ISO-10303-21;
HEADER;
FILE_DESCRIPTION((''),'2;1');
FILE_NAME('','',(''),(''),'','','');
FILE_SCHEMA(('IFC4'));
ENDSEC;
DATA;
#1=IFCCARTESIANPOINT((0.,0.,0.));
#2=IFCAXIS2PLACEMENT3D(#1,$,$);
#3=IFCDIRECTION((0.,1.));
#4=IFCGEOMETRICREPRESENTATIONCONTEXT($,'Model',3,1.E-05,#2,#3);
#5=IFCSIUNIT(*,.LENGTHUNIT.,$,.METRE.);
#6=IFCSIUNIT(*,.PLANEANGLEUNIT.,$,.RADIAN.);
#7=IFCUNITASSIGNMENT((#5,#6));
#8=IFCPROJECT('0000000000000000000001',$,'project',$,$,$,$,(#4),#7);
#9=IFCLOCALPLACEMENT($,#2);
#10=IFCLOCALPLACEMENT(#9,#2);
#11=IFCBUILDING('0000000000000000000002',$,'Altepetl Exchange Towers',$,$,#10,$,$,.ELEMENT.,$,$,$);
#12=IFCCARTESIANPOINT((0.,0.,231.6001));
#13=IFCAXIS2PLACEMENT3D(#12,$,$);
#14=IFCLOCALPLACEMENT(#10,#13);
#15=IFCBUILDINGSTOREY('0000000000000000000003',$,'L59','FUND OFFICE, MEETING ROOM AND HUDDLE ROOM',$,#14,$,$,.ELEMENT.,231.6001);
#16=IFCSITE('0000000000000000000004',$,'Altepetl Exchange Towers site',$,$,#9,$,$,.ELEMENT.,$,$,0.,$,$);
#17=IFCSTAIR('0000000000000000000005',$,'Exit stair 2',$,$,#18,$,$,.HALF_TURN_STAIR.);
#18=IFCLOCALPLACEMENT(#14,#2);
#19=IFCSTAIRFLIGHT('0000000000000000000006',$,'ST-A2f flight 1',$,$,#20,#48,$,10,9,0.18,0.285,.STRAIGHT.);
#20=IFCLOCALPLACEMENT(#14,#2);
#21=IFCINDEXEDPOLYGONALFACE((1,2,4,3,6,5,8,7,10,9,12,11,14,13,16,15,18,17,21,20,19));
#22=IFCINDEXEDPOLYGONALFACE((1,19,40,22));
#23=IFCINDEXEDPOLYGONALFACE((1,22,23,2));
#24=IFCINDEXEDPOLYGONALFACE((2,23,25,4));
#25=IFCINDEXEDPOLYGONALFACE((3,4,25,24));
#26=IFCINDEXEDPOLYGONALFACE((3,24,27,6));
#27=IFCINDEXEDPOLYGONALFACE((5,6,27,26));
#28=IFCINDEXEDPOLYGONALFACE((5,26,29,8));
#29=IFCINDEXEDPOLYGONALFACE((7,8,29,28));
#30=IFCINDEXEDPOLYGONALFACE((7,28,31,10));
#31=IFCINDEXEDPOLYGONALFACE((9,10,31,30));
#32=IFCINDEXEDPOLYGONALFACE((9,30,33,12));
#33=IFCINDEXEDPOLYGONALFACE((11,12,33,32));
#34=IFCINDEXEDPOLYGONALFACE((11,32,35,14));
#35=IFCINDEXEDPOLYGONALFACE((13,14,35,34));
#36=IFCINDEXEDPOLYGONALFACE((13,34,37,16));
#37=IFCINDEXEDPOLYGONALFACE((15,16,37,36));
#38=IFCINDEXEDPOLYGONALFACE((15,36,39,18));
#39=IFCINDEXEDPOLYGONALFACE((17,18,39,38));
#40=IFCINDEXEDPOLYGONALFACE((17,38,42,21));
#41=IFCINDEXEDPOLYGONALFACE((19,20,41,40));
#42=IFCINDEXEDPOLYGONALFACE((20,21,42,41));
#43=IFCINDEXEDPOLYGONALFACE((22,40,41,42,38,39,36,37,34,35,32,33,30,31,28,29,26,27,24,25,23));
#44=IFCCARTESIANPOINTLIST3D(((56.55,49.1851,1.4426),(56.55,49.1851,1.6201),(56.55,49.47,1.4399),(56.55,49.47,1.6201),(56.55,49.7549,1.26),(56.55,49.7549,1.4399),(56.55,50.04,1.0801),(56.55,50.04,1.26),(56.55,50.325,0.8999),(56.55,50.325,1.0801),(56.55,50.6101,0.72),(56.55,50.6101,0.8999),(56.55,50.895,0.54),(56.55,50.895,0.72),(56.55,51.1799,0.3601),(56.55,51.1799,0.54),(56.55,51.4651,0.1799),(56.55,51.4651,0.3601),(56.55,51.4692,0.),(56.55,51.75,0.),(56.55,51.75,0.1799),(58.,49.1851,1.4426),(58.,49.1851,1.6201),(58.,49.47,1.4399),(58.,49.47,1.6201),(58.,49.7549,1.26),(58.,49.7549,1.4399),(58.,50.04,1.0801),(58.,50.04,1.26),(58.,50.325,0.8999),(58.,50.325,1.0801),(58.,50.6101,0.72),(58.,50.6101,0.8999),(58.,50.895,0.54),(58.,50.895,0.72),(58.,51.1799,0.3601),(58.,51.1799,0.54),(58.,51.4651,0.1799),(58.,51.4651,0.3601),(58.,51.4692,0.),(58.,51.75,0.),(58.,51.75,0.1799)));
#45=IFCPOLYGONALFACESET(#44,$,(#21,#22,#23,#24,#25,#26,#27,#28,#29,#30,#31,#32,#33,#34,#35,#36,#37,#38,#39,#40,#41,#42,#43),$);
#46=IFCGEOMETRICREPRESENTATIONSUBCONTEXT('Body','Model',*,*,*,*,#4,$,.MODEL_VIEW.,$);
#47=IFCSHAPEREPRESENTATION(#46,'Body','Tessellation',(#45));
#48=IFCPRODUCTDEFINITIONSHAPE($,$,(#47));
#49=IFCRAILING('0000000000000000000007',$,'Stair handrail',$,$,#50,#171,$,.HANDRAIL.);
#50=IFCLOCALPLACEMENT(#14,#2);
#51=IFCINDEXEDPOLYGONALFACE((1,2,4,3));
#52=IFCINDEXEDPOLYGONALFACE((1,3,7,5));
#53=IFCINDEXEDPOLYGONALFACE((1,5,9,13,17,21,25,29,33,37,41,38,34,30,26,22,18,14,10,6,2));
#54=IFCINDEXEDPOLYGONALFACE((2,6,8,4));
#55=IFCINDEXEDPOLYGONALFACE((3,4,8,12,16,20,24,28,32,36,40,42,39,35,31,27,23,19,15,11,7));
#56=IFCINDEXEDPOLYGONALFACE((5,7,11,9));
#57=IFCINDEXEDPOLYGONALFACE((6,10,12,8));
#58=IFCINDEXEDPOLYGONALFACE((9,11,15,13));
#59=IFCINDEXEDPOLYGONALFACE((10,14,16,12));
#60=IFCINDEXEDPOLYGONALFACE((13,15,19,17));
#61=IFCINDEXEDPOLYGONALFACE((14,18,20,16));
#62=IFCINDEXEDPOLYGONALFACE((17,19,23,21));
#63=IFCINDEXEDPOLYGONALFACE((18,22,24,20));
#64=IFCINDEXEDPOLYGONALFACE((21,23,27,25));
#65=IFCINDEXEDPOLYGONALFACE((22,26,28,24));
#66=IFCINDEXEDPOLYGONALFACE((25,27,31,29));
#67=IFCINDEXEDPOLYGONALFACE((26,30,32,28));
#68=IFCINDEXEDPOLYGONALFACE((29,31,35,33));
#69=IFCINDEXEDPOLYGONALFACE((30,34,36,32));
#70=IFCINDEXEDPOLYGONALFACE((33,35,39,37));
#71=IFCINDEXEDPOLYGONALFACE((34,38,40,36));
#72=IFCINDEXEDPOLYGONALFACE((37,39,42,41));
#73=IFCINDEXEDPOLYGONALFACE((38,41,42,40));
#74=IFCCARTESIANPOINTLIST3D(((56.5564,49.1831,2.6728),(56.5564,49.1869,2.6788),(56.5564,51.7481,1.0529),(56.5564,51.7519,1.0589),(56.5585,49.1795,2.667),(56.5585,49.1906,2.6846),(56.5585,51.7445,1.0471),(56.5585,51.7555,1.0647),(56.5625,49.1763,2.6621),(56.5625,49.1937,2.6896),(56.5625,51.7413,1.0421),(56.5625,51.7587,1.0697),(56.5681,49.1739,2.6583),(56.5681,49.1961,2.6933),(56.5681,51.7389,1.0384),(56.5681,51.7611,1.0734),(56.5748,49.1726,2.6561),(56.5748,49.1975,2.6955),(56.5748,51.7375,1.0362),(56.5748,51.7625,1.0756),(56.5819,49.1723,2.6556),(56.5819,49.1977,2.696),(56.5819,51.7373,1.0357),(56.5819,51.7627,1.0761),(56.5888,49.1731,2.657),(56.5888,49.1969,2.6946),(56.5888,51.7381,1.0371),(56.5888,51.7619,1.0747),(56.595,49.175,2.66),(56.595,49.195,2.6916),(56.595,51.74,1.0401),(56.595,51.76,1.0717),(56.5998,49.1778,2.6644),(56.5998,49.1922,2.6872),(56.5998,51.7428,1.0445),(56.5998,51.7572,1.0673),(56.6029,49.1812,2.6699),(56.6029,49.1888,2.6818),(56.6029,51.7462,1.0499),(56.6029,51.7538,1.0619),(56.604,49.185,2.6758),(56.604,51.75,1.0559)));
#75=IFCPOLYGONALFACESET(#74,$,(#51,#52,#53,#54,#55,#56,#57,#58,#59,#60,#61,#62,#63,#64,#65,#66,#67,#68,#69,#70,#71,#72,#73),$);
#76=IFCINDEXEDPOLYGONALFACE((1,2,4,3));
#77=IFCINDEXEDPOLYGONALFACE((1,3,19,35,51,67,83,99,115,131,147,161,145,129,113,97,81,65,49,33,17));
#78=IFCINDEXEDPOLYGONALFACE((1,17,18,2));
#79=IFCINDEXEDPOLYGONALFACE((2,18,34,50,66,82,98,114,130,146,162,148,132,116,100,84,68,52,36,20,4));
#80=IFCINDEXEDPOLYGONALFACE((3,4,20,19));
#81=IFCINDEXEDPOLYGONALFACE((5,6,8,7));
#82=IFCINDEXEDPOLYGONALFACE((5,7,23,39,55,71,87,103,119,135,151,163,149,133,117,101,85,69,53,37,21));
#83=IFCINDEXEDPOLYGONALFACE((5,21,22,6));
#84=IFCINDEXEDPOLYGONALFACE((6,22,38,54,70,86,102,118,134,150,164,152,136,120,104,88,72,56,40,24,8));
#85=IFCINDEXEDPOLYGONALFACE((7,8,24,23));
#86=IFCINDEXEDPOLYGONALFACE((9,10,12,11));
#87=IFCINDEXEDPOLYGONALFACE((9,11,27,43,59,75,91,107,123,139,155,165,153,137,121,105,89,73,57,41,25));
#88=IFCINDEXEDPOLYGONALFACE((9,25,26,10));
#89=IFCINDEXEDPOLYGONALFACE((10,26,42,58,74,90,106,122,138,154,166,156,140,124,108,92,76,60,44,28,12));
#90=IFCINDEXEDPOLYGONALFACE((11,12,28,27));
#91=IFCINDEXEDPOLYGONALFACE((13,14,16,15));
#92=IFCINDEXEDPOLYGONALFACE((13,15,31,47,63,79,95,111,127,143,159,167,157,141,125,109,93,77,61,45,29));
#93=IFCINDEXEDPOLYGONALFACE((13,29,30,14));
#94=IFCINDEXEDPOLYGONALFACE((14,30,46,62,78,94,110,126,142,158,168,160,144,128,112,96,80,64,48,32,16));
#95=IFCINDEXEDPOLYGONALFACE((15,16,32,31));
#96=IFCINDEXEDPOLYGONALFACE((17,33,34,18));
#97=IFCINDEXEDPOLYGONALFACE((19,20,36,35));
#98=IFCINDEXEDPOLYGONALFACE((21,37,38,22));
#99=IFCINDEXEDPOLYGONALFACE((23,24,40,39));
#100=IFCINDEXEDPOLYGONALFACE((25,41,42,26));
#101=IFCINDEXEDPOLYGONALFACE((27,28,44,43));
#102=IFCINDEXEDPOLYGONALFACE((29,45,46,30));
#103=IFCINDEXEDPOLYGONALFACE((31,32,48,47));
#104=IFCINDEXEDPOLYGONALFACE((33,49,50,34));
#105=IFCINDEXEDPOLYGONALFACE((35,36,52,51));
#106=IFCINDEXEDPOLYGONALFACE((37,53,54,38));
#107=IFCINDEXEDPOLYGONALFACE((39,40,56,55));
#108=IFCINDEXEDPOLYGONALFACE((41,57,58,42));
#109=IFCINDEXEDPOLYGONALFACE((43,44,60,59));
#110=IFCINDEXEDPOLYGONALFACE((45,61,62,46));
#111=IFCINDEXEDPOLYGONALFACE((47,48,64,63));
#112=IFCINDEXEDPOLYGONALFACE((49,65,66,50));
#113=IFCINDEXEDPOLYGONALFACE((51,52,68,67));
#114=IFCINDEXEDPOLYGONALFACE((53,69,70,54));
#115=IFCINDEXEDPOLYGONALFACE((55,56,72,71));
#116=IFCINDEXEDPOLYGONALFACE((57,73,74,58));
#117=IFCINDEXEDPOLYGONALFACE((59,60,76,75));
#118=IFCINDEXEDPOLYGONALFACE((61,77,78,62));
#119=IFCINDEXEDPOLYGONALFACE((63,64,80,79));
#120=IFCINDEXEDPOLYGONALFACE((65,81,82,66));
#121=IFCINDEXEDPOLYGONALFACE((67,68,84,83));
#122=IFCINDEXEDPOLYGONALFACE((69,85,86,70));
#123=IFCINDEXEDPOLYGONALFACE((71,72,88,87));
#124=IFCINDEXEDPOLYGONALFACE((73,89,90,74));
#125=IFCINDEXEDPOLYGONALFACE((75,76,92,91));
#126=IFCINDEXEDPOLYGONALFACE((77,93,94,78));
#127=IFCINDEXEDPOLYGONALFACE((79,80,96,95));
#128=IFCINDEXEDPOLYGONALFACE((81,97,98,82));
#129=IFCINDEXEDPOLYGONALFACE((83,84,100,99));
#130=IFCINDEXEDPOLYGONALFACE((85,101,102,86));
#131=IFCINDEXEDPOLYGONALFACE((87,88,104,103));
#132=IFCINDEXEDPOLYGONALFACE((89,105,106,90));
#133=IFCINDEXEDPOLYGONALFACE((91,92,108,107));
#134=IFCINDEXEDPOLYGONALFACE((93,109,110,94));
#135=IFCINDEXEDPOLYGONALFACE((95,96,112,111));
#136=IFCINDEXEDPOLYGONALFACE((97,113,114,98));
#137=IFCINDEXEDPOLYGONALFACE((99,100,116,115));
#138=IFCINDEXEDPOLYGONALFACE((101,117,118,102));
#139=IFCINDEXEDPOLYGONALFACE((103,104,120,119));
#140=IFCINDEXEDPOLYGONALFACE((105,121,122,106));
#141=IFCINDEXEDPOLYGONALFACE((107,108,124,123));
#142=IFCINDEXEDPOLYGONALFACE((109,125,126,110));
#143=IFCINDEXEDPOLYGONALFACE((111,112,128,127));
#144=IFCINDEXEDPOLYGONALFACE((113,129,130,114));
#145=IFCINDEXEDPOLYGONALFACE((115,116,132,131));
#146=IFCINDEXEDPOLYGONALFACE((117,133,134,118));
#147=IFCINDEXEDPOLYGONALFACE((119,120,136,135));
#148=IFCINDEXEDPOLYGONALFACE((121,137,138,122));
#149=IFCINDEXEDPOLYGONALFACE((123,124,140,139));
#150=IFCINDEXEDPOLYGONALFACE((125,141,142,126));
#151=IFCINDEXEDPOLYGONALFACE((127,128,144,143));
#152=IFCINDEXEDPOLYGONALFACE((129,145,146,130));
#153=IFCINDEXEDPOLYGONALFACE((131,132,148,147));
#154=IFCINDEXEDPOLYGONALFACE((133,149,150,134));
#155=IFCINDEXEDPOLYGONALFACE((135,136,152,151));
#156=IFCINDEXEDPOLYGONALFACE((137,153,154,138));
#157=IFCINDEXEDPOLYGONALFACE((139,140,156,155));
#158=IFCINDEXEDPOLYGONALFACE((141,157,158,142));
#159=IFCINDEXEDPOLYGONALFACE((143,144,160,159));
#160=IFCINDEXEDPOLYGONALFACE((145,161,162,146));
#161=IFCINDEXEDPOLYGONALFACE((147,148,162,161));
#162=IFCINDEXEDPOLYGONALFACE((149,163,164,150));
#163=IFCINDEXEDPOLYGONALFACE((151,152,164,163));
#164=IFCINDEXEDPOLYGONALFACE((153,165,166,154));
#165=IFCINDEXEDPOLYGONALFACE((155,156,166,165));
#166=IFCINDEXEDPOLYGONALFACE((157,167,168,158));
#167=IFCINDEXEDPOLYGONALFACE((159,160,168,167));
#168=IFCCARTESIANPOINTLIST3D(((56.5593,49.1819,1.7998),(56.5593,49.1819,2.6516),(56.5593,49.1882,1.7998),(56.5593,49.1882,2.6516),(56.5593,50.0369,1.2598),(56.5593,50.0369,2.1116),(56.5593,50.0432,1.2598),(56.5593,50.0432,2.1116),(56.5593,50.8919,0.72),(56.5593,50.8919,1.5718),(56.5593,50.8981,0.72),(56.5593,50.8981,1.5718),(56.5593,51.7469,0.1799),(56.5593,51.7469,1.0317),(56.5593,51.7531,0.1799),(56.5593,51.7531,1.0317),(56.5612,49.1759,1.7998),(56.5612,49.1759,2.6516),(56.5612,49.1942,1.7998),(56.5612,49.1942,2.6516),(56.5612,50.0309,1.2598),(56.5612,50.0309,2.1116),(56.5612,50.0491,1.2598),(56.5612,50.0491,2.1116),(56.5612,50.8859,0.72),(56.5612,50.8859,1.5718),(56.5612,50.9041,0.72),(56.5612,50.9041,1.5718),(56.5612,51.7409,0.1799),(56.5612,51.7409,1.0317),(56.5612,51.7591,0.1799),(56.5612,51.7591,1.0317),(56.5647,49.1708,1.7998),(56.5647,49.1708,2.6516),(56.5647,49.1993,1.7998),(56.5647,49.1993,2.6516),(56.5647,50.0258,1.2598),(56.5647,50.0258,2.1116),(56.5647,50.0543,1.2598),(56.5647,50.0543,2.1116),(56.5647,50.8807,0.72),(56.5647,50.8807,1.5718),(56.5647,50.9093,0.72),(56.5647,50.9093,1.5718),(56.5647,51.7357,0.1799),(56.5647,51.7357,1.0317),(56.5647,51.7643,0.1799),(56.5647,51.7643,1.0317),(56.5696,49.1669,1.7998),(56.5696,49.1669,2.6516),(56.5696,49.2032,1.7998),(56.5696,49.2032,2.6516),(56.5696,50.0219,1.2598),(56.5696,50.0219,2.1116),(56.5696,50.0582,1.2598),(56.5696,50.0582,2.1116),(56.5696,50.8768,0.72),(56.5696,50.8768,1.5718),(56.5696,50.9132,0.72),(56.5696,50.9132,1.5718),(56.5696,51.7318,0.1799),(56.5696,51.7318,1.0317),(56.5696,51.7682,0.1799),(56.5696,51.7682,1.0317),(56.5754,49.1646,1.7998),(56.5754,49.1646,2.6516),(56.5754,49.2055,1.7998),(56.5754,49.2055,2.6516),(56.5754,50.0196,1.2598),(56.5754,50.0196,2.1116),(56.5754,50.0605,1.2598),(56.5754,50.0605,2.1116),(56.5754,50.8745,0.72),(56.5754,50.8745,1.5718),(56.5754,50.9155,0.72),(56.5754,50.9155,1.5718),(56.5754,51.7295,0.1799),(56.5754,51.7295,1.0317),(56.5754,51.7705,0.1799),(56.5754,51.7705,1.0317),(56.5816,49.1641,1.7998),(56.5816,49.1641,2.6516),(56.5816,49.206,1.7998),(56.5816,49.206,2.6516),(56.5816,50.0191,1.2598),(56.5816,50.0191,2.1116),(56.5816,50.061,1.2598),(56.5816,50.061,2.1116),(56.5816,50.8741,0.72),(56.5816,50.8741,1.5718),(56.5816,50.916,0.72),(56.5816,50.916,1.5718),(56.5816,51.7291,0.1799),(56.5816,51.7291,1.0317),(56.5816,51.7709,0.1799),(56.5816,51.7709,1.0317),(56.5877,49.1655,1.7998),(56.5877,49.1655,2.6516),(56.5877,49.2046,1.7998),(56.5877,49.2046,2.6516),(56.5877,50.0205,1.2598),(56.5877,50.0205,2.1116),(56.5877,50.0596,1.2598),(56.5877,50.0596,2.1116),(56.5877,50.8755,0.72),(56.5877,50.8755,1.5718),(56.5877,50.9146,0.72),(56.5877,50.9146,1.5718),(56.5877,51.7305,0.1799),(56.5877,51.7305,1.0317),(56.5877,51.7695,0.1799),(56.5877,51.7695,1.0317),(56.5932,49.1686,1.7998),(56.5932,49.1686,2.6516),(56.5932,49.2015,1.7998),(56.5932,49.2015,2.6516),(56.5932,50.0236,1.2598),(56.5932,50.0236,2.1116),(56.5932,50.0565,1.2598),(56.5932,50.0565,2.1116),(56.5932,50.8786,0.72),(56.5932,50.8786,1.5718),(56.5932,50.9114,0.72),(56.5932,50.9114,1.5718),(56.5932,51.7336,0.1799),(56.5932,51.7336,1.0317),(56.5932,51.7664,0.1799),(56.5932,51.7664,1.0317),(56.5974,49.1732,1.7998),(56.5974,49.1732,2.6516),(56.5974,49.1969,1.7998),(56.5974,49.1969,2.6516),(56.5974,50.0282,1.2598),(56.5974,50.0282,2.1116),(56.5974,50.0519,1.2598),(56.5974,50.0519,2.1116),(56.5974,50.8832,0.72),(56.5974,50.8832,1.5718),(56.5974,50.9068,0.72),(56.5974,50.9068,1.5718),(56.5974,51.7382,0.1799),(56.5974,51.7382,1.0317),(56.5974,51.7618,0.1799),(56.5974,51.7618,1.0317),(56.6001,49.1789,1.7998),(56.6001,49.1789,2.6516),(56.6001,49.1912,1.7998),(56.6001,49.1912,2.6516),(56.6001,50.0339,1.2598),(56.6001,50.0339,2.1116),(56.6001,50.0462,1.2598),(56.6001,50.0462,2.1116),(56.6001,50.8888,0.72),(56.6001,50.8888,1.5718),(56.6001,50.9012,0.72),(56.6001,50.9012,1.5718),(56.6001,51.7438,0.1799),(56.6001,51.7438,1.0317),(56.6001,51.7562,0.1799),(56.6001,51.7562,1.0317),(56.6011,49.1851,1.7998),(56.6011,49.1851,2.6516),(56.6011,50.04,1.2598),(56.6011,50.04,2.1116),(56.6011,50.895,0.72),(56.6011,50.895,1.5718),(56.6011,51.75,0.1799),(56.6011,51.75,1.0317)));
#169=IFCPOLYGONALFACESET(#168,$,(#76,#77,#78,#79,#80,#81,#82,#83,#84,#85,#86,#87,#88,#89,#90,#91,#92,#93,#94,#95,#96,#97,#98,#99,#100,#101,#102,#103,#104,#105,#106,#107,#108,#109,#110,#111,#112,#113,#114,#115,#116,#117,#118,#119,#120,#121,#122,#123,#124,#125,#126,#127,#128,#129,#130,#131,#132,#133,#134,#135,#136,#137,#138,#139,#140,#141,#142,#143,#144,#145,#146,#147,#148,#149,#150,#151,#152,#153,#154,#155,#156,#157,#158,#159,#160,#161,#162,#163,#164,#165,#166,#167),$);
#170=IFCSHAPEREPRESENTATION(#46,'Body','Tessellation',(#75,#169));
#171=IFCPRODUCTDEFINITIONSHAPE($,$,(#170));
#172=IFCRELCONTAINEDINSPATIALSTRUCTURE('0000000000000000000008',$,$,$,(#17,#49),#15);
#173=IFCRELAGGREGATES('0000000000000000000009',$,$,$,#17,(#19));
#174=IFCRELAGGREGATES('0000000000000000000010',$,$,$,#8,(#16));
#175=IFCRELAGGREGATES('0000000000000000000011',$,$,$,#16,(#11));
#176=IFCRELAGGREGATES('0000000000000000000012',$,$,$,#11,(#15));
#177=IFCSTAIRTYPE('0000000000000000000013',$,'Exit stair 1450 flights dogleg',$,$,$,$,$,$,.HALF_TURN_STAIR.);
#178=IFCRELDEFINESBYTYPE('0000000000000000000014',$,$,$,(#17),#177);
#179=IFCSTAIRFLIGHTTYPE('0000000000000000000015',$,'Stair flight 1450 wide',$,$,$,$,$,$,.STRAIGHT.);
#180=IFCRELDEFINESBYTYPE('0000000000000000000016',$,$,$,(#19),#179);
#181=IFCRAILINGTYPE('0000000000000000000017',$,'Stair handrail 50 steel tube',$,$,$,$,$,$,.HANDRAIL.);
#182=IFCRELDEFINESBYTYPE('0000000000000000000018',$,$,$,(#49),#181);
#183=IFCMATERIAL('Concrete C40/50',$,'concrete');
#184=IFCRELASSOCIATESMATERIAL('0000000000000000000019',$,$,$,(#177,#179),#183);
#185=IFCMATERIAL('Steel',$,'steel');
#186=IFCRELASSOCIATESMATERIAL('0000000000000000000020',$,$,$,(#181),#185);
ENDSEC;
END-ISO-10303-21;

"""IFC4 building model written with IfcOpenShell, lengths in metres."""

from ifc_helpers import new_model, si_unit, direction, frame, origin, origin_2d, place, context, subcontext, project, spatial, polyline, circle, outline, extrude, source, transform, mapped, material, type_object, element, aggregate, save


model = new_model("IFC4")

# Units and contexts
model_context = context("Model", 3, precision=1e-05, world=origin(), true_north=direction((0.0, 1.0)))
body_context = subcontext(model_context, "Body", "Model", "MODEL_VIEW")
ifc_project = project(units=[si_unit("LENGTHUNIT", "METRE"), si_unit("PLANEANGLEUNIT", "RADIAN")], contexts=[model_context])

# Site, building, storey
site_placement = place(None, origin())
site = spatial("IfcSite", under=ifc_project, at=site_placement, Name="Altepetl Exchange Towers site", CompositionType="ELEMENT", RefElevation=0.0)
building_placement = place(site_placement, origin())
building = spatial("IfcBuilding", under=site, at=building_placement, Name="Altepetl Exchange Towers", CompositionType="ELEMENT")
storey_placement = place(building_placement, frame((0.0, 0.0, 231.6001)))
storey = spatial("IfcBuildingStorey", under=building, at=storey_placement, Name="L59", Description="FUND OFFICE, MEETING ROOM AND HUDDLE ROOM", CompositionType="ELEMENT", Elevation=231.6001)

# Shared definitions
ifc_material_1 = material(Name="Concrete C40/50", Category="concrete")

# Stair, stair flight
stair_type = type_object("IfcStairType", Name="Exit stair 1450 flights dogleg", PredefinedType="HALF_TURN_STAIR", material=ifc_material_1)
stair_placement = place(storey_placement, origin())
stair = element("IfcStair", 1, at=stair_placement, inside=storey, type_object=stair_type, Name="Exit stair 2", PredefinedType="HALF_TURN_STAIR")
stair_flight_type = type_object("IfcStairFlightType", Name="Stair flight 1450 wide", PredefinedType="STRAIGHT", material=ifc_material_1)
stair_flight_placement = place(storey_placement, frame((57.2749, 51.75, 0.0), z_axis=(0.0, 0.0, 1.0), x_axis=(0.0, -1.0, 0.0)))
stair_flight = element("IfcStairFlight", 2, at=stair_flight_placement, type_object=stair_flight_type, Name="ST-A2f flight 1", NumberOfRisers=10, NumberOfTreads=9, PredefinedType="STRAIGHT", RiserHeight=0.18, TreadLength=0.285, context=body_context, shape_type="SweptSolid", body=[
    extrude(outline(polyline([(0.0, 0.0), (0.0, 0.1799), (0.2849, 0.1799), (0.2849, 0.3601), (0.5701, 0.3601), (0.5701, 0.54), (0.855, 0.54), (0.855, 0.72), (1.1399, 0.72), (1.1399, 0.8999), (1.425, 0.8999), (1.425, 1.0801), (1.71, 1.0801), (1.71, 1.26), (1.9951, 1.26), (1.9951, 1.4399), (2.28, 1.4399), (2.28, 1.6201), (2.5649, 1.6201), (2.5649, 1.8), (2.5649, 1.4426), (0.2808, 0.0), (0.0, 0.0)])), frame((0.0, 0.7251, 0.0), z_axis=(0.0, -1.0, 0.0), x_axis=(1.0, 0.0, 0.0)), (0.0, 0.0, 1.0), 1.45),
])
aggregate(stair, [stair_flight])

# Railing
ifc_material_2 = material(Name="Steel", Category="steel")
railing_type = type_object("IfcRailingType", Name="Stair handrail 50 steel tube", PredefinedType="HANDRAIL", material=ifc_material_2)
shared_shape = source(origin(), body_context, "Body", "SweptSolid", [
    extrude(circle(Radius=0.021, at=origin_2d()), origin(), (0.0, 0.0, 1.0), 0.8518),
])
railing_placement = place(storey_placement, frame((56.5801, 51.75, 0.1799)))
element("IfcRailing", 3, at=railing_placement, inside=storey, type_object=railing_type, Name="Stair handrail", PredefinedType="HANDRAIL", context=body_context, shape_type="SweptSolid", body=[
    extrude(circle(Radius=0.0239, at=origin_2d()), frame((0.0, 0.0, 0.876), z_axis=(0.0, -0.845502, 0.533972), x_axis=(1.0, 0.0, 0.0)), (0.0, 0.0, 1.0), 3.0337),
    mapped(shared_shape, transform((0.0, 0.0, 0.0))),
    mapped(shared_shape, transform((0.0, -0.855, 0.54))),
    mapped(shared_shape, transform((0.0, -1.71, 1.0798))),
    mapped(shared_shape, transform((0.0, -2.5649, 1.6199))),
])

save(model, "model.ifc")
